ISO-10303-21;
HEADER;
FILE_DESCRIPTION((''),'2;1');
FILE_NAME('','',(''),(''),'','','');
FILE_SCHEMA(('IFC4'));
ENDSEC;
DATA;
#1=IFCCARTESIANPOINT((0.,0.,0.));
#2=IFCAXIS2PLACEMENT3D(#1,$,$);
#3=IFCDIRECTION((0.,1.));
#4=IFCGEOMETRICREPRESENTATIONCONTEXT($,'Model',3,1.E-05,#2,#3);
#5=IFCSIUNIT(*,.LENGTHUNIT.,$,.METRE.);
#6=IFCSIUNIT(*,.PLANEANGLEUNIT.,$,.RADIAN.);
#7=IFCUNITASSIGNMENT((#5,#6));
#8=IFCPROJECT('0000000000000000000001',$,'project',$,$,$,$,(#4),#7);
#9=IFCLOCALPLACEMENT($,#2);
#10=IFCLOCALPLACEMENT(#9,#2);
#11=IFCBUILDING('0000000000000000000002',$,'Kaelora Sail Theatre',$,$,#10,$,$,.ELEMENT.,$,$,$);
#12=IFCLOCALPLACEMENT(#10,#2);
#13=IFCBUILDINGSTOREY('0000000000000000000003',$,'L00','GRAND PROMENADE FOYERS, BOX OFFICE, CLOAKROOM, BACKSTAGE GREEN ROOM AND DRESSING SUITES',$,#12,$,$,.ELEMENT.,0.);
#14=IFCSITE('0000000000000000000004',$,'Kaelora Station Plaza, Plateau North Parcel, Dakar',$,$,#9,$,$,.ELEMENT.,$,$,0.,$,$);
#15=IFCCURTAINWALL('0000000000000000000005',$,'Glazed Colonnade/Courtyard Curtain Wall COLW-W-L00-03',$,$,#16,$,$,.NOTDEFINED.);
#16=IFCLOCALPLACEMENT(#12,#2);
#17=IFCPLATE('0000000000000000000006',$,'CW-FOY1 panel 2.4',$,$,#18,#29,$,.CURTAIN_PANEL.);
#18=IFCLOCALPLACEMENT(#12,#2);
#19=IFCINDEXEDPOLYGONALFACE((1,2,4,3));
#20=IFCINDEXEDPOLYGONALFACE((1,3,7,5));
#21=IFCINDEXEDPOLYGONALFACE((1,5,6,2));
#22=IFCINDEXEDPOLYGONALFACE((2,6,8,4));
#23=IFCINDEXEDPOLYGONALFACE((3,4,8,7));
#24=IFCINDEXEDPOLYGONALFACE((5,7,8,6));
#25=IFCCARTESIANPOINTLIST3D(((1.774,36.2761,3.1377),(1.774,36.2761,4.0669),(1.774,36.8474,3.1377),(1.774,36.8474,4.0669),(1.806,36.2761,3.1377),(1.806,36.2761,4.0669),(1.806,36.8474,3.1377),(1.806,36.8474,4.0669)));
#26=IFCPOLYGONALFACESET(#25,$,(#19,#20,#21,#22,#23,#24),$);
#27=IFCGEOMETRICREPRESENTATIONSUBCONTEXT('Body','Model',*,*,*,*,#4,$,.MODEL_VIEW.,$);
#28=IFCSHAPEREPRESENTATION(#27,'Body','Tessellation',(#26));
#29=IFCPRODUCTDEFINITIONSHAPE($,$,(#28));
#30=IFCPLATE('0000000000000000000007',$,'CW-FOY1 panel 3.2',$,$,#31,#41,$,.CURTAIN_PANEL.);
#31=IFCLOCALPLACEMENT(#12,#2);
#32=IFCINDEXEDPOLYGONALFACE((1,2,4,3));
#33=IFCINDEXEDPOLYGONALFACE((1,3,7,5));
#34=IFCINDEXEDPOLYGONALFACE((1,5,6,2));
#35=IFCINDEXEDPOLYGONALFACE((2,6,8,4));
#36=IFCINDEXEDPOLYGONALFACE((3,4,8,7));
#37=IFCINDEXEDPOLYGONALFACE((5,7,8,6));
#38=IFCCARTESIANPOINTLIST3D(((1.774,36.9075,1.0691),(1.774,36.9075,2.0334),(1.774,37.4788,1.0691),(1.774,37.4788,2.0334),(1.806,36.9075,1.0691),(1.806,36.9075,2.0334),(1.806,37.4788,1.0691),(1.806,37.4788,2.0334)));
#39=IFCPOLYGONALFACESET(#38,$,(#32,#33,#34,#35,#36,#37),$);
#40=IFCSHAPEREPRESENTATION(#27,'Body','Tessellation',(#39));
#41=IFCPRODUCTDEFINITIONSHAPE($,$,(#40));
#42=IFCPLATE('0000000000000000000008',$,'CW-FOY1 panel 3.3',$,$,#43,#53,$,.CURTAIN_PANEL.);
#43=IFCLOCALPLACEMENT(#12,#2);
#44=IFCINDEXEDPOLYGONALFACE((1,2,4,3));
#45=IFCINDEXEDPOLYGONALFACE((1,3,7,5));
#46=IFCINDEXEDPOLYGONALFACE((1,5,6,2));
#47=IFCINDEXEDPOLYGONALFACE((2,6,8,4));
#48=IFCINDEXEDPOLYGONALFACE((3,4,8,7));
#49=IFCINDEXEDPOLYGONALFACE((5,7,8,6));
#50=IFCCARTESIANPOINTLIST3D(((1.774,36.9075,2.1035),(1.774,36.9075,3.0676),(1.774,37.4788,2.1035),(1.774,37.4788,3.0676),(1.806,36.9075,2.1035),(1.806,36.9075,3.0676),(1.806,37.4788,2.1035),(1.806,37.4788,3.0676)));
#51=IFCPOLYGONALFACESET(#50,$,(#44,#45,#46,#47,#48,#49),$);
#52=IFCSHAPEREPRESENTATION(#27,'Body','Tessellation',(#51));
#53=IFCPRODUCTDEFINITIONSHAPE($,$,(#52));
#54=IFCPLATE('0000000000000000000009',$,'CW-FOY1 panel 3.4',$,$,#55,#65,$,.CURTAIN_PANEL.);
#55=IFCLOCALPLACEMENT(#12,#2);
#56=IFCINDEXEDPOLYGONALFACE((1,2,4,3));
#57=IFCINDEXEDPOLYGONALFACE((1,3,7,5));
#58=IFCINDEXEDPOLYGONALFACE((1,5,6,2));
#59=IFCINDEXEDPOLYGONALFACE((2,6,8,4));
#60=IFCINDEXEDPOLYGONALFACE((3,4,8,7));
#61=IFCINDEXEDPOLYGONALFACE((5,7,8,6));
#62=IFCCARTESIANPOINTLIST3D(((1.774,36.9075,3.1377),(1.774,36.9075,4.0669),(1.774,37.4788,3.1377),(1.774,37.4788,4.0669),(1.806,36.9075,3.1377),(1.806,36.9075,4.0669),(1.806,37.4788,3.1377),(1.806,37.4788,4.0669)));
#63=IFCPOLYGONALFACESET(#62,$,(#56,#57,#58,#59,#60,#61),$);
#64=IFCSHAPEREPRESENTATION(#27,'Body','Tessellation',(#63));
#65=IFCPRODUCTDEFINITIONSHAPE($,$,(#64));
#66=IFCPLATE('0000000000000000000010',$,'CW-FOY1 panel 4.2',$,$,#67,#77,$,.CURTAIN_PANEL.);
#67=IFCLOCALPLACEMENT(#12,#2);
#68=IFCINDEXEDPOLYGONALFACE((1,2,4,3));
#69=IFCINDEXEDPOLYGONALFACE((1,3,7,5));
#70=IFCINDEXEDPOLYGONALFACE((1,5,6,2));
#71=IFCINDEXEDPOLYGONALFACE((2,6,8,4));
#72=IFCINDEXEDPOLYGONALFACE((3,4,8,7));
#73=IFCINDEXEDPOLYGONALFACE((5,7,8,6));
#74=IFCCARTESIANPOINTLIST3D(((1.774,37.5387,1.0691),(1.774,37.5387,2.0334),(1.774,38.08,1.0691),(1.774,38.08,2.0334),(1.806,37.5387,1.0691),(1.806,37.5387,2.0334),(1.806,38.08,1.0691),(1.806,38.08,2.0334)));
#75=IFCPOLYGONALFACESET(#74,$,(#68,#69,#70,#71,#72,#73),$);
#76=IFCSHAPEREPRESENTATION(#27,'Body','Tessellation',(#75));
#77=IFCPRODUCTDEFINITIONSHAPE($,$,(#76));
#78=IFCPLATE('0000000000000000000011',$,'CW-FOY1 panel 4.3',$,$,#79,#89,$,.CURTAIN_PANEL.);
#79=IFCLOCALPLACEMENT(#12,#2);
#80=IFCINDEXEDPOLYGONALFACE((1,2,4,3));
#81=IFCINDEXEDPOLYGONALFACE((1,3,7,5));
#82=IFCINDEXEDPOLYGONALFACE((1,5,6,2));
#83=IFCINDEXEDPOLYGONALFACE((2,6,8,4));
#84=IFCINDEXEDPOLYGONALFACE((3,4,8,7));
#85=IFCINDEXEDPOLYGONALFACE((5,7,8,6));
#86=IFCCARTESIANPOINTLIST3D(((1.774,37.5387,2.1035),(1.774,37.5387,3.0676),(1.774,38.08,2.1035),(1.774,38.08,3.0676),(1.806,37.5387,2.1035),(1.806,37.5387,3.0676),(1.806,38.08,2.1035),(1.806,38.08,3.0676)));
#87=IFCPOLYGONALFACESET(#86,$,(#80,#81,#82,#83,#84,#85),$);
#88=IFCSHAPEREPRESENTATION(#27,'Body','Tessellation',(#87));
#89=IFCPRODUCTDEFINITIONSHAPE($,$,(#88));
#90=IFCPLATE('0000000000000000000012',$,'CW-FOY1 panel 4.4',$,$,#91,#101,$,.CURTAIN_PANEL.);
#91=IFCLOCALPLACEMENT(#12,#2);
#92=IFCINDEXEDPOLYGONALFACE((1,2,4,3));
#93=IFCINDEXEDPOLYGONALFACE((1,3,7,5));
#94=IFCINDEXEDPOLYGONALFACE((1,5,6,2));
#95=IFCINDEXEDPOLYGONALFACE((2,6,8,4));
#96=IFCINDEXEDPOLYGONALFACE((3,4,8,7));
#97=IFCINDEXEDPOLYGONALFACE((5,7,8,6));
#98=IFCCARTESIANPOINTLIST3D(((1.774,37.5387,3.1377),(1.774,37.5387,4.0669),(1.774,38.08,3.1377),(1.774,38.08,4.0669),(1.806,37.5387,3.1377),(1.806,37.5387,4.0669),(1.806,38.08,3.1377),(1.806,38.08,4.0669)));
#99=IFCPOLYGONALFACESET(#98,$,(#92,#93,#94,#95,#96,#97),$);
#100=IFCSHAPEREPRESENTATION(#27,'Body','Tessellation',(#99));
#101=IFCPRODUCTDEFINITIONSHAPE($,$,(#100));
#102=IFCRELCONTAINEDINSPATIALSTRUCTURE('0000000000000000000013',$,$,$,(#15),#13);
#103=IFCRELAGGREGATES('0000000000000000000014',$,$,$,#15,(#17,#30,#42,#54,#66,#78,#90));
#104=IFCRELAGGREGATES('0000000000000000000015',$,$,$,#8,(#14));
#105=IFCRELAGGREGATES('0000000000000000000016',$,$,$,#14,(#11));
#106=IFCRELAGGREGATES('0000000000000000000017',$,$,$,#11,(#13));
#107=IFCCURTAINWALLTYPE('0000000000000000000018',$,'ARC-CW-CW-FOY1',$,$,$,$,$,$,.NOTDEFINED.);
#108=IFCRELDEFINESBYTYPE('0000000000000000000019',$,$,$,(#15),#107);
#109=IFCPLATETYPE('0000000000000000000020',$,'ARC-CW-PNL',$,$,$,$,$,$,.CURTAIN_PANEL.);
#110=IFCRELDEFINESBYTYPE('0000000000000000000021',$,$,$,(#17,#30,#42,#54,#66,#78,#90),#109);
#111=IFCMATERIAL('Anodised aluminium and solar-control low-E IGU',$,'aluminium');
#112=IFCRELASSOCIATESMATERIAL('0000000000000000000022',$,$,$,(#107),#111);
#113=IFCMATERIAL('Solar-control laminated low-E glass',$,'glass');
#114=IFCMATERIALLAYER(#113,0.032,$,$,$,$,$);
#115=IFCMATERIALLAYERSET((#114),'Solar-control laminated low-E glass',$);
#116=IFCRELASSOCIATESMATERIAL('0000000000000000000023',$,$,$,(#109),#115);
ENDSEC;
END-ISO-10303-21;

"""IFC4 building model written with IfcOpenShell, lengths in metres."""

from ifc_helpers import new_model, si_unit, direction, frame, origin, origin_2d, place, context, subcontext, project, spatial, rectangle, extrude, material, layer, layer_set, type_object, element, aggregate, save


model = new_model("IFC4")

# Units and contexts
model_context = context("Model", 3, precision=1e-05, world=origin(), true_north=direction((0.0, 1.0)))
body_context = subcontext(model_context, "Body", "Model", "MODEL_VIEW")
ifc_project = project(units=[si_unit("LENGTHUNIT", "METRE"), si_unit("PLANEANGLEUNIT", "RADIAN")], contexts=[model_context])

# Site, building, storey
site_placement = place(None, origin())
site = spatial("IfcSite", under=ifc_project, at=site_placement, Name="Kaelora Station Plaza, Plateau North Parcel, Dakar", CompositionType="ELEMENT", RefElevation=0.0)
building_placement = place(site_placement, origin())
building = spatial("IfcBuilding", under=site, at=building_placement, Name="Kaelora Sail Theatre", CompositionType="ELEMENT")
storey_placement = place(building_placement, origin())
storey = spatial("IfcBuildingStorey", under=building, at=storey_placement, Name="L00", Description="GRAND PROMENADE FOYERS, BOX OFFICE, CLOAKROOM, BACKSTAGE GREEN ROOM AND DRESSING SUITES", CompositionType="ELEMENT", Elevation=0.0)

# Curtain wall
ifc_material_1 = material(Name="Anodised aluminium and solar-control low-E IGU", Category="aluminium")
curtain_wall_type = type_object("IfcCurtainWallType", Name="ARC-CW-CW-FOY1", PredefinedType="NOTDEFINED", material=ifc_material_1)
curtain_wall_1_placement = place(storey_placement, origin())
curtain_wall_1 = element("IfcCurtainWall", 1, at=curtain_wall_1_placement, inside=storey, type_object=curtain_wall_type, Name="Glazed Colonnade/Courtyard Curtain Wall COLW-W-L00-03", PredefinedType="NOTDEFINED")

# Plates
ifc_material_2 = material(Name="Solar-control laminated low-E glass", Category="glass")
ifc_layer = layer(ifc_material_2, 0.032)
ifc_layer_set = layer_set([ifc_layer], Name="Solar-control laminated low-E glass")
plate_type = type_object("IfcPlateType", Name="ARC-CW-PNL", PredefinedType="CURTAIN_PANEL", material=ifc_layer_set)
plate_1_placement = place(storey_placement, frame((1.79, 36.5618, 3.1377), z_axis=(0.0, 0.0, 1.0), x_axis=(0.0, 1.0, 0.0)))
plate_1 = element("IfcPlate", 2, at=plate_1_placement, type_object=plate_type, Name="CW-FOY1 panel 2.4", PredefinedType="CURTAIN_PANEL", context=body_context, shape_type="SweptSolid", body=[
    extrude(rectangle(XDim=0.5713, YDim=0.032, at=origin_2d()), origin(), (0.0, 0.0, 1.0), 0.9292),
])
plate_2_placement = place(storey_placement, frame((1.79, 37.1931, 1.0691), z_axis=(0.0, 0.0, 1.0), x_axis=(0.0, 1.0, 0.0)))
plate_2 = element("IfcPlate", 3, at=plate_2_placement, type_object=plate_type, Name="CW-FOY1 panel 3.2", PredefinedType="CURTAIN_PANEL", context=body_context, shape_type="SweptSolid", body=[
    extrude(rectangle(XDim=0.5713, YDim=0.032, at=origin_2d()), origin(), (0.0, 0.0, 1.0), 0.9644),
])
plate_3_placement = place(storey_placement, frame((1.79, 37.1931, 2.1035), z_axis=(0.0, 0.0, 1.0), x_axis=(0.0, 1.0, 0.0)))
plate_3 = element("IfcPlate", 4, at=plate_3_placement, type_object=plate_type, Name="CW-FOY1 panel 3.3", PredefinedType="CURTAIN_PANEL", context=body_context, shape_type="SweptSolid", body=[
    extrude(rectangle(XDim=0.5713, YDim=0.032, at=origin_2d()), origin(), (0.0, 0.0, 1.0), 0.9641),
])
plate_4_placement = place(storey_placement, frame((1.79, 37.1931, 3.1377), z_axis=(0.0, 0.0, 1.0), x_axis=(0.0, 1.0, 0.0)))
plate_4 = element("IfcPlate", 5, at=plate_4_placement, type_object=plate_type, Name="CW-FOY1 panel 3.4", PredefinedType="CURTAIN_PANEL", context=body_context, shape_type="SweptSolid", body=[
    extrude(rectangle(XDim=0.5713, YDim=0.032, at=origin_2d()), origin(), (0.0, 0.0, 1.0), 0.9292),
])
plate_5_placement = place(storey_placement, frame((1.79, 37.8093, 1.0691), z_axis=(0.0, 0.0, 1.0), x_axis=(0.0, 1.0, 0.0)))
plate_5 = element("IfcPlate", 6, at=plate_5_placement, type_object=plate_type, Name="CW-FOY1 panel 4.2", PredefinedType="CURTAIN_PANEL", context=body_context, shape_type="SweptSolid", body=[
    extrude(rectangle(XDim=0.5413, YDim=0.032, at=origin_2d()), origin(), (0.0, 0.0, 1.0), 0.9644),
])
plate_6_placement = place(storey_placement, frame((1.79, 37.8093, 2.1035), z_axis=(0.0, 0.0, 1.0), x_axis=(0.0, 1.0, 0.0)))
plate_6 = element("IfcPlate", 7, at=plate_6_placement, type_object=plate_type, Name="CW-FOY1 panel 4.3", PredefinedType="CURTAIN_PANEL", context=body_context, shape_type="SweptSolid", body=[
    extrude(rectangle(XDim=0.5413, YDim=0.032, at=origin_2d()), origin(), (0.0, 0.0, 1.0), 0.9641),
])
plate_7_placement = place(storey_placement, frame((1.79, 37.8093, 3.1377), z_axis=(0.0, 0.0, 1.0), x_axis=(0.0, 1.0, 0.0)))
plate_7 = element("IfcPlate", 8, at=plate_7_placement, type_object=plate_type, Name="CW-FOY1 panel 4.4", PredefinedType="CURTAIN_PANEL", context=body_context, shape_type="SweptSolid", body=[
    extrude(rectangle(XDim=0.5413, YDim=0.032, at=origin_2d()), origin(), (0.0, 0.0, 1.0), 0.9292),
])
aggregate(curtain_wall_1, [plate_1, plate_2, plate_3, plate_4, plate_5, plate_6, plate_7])

save(model, "model.ifc")
